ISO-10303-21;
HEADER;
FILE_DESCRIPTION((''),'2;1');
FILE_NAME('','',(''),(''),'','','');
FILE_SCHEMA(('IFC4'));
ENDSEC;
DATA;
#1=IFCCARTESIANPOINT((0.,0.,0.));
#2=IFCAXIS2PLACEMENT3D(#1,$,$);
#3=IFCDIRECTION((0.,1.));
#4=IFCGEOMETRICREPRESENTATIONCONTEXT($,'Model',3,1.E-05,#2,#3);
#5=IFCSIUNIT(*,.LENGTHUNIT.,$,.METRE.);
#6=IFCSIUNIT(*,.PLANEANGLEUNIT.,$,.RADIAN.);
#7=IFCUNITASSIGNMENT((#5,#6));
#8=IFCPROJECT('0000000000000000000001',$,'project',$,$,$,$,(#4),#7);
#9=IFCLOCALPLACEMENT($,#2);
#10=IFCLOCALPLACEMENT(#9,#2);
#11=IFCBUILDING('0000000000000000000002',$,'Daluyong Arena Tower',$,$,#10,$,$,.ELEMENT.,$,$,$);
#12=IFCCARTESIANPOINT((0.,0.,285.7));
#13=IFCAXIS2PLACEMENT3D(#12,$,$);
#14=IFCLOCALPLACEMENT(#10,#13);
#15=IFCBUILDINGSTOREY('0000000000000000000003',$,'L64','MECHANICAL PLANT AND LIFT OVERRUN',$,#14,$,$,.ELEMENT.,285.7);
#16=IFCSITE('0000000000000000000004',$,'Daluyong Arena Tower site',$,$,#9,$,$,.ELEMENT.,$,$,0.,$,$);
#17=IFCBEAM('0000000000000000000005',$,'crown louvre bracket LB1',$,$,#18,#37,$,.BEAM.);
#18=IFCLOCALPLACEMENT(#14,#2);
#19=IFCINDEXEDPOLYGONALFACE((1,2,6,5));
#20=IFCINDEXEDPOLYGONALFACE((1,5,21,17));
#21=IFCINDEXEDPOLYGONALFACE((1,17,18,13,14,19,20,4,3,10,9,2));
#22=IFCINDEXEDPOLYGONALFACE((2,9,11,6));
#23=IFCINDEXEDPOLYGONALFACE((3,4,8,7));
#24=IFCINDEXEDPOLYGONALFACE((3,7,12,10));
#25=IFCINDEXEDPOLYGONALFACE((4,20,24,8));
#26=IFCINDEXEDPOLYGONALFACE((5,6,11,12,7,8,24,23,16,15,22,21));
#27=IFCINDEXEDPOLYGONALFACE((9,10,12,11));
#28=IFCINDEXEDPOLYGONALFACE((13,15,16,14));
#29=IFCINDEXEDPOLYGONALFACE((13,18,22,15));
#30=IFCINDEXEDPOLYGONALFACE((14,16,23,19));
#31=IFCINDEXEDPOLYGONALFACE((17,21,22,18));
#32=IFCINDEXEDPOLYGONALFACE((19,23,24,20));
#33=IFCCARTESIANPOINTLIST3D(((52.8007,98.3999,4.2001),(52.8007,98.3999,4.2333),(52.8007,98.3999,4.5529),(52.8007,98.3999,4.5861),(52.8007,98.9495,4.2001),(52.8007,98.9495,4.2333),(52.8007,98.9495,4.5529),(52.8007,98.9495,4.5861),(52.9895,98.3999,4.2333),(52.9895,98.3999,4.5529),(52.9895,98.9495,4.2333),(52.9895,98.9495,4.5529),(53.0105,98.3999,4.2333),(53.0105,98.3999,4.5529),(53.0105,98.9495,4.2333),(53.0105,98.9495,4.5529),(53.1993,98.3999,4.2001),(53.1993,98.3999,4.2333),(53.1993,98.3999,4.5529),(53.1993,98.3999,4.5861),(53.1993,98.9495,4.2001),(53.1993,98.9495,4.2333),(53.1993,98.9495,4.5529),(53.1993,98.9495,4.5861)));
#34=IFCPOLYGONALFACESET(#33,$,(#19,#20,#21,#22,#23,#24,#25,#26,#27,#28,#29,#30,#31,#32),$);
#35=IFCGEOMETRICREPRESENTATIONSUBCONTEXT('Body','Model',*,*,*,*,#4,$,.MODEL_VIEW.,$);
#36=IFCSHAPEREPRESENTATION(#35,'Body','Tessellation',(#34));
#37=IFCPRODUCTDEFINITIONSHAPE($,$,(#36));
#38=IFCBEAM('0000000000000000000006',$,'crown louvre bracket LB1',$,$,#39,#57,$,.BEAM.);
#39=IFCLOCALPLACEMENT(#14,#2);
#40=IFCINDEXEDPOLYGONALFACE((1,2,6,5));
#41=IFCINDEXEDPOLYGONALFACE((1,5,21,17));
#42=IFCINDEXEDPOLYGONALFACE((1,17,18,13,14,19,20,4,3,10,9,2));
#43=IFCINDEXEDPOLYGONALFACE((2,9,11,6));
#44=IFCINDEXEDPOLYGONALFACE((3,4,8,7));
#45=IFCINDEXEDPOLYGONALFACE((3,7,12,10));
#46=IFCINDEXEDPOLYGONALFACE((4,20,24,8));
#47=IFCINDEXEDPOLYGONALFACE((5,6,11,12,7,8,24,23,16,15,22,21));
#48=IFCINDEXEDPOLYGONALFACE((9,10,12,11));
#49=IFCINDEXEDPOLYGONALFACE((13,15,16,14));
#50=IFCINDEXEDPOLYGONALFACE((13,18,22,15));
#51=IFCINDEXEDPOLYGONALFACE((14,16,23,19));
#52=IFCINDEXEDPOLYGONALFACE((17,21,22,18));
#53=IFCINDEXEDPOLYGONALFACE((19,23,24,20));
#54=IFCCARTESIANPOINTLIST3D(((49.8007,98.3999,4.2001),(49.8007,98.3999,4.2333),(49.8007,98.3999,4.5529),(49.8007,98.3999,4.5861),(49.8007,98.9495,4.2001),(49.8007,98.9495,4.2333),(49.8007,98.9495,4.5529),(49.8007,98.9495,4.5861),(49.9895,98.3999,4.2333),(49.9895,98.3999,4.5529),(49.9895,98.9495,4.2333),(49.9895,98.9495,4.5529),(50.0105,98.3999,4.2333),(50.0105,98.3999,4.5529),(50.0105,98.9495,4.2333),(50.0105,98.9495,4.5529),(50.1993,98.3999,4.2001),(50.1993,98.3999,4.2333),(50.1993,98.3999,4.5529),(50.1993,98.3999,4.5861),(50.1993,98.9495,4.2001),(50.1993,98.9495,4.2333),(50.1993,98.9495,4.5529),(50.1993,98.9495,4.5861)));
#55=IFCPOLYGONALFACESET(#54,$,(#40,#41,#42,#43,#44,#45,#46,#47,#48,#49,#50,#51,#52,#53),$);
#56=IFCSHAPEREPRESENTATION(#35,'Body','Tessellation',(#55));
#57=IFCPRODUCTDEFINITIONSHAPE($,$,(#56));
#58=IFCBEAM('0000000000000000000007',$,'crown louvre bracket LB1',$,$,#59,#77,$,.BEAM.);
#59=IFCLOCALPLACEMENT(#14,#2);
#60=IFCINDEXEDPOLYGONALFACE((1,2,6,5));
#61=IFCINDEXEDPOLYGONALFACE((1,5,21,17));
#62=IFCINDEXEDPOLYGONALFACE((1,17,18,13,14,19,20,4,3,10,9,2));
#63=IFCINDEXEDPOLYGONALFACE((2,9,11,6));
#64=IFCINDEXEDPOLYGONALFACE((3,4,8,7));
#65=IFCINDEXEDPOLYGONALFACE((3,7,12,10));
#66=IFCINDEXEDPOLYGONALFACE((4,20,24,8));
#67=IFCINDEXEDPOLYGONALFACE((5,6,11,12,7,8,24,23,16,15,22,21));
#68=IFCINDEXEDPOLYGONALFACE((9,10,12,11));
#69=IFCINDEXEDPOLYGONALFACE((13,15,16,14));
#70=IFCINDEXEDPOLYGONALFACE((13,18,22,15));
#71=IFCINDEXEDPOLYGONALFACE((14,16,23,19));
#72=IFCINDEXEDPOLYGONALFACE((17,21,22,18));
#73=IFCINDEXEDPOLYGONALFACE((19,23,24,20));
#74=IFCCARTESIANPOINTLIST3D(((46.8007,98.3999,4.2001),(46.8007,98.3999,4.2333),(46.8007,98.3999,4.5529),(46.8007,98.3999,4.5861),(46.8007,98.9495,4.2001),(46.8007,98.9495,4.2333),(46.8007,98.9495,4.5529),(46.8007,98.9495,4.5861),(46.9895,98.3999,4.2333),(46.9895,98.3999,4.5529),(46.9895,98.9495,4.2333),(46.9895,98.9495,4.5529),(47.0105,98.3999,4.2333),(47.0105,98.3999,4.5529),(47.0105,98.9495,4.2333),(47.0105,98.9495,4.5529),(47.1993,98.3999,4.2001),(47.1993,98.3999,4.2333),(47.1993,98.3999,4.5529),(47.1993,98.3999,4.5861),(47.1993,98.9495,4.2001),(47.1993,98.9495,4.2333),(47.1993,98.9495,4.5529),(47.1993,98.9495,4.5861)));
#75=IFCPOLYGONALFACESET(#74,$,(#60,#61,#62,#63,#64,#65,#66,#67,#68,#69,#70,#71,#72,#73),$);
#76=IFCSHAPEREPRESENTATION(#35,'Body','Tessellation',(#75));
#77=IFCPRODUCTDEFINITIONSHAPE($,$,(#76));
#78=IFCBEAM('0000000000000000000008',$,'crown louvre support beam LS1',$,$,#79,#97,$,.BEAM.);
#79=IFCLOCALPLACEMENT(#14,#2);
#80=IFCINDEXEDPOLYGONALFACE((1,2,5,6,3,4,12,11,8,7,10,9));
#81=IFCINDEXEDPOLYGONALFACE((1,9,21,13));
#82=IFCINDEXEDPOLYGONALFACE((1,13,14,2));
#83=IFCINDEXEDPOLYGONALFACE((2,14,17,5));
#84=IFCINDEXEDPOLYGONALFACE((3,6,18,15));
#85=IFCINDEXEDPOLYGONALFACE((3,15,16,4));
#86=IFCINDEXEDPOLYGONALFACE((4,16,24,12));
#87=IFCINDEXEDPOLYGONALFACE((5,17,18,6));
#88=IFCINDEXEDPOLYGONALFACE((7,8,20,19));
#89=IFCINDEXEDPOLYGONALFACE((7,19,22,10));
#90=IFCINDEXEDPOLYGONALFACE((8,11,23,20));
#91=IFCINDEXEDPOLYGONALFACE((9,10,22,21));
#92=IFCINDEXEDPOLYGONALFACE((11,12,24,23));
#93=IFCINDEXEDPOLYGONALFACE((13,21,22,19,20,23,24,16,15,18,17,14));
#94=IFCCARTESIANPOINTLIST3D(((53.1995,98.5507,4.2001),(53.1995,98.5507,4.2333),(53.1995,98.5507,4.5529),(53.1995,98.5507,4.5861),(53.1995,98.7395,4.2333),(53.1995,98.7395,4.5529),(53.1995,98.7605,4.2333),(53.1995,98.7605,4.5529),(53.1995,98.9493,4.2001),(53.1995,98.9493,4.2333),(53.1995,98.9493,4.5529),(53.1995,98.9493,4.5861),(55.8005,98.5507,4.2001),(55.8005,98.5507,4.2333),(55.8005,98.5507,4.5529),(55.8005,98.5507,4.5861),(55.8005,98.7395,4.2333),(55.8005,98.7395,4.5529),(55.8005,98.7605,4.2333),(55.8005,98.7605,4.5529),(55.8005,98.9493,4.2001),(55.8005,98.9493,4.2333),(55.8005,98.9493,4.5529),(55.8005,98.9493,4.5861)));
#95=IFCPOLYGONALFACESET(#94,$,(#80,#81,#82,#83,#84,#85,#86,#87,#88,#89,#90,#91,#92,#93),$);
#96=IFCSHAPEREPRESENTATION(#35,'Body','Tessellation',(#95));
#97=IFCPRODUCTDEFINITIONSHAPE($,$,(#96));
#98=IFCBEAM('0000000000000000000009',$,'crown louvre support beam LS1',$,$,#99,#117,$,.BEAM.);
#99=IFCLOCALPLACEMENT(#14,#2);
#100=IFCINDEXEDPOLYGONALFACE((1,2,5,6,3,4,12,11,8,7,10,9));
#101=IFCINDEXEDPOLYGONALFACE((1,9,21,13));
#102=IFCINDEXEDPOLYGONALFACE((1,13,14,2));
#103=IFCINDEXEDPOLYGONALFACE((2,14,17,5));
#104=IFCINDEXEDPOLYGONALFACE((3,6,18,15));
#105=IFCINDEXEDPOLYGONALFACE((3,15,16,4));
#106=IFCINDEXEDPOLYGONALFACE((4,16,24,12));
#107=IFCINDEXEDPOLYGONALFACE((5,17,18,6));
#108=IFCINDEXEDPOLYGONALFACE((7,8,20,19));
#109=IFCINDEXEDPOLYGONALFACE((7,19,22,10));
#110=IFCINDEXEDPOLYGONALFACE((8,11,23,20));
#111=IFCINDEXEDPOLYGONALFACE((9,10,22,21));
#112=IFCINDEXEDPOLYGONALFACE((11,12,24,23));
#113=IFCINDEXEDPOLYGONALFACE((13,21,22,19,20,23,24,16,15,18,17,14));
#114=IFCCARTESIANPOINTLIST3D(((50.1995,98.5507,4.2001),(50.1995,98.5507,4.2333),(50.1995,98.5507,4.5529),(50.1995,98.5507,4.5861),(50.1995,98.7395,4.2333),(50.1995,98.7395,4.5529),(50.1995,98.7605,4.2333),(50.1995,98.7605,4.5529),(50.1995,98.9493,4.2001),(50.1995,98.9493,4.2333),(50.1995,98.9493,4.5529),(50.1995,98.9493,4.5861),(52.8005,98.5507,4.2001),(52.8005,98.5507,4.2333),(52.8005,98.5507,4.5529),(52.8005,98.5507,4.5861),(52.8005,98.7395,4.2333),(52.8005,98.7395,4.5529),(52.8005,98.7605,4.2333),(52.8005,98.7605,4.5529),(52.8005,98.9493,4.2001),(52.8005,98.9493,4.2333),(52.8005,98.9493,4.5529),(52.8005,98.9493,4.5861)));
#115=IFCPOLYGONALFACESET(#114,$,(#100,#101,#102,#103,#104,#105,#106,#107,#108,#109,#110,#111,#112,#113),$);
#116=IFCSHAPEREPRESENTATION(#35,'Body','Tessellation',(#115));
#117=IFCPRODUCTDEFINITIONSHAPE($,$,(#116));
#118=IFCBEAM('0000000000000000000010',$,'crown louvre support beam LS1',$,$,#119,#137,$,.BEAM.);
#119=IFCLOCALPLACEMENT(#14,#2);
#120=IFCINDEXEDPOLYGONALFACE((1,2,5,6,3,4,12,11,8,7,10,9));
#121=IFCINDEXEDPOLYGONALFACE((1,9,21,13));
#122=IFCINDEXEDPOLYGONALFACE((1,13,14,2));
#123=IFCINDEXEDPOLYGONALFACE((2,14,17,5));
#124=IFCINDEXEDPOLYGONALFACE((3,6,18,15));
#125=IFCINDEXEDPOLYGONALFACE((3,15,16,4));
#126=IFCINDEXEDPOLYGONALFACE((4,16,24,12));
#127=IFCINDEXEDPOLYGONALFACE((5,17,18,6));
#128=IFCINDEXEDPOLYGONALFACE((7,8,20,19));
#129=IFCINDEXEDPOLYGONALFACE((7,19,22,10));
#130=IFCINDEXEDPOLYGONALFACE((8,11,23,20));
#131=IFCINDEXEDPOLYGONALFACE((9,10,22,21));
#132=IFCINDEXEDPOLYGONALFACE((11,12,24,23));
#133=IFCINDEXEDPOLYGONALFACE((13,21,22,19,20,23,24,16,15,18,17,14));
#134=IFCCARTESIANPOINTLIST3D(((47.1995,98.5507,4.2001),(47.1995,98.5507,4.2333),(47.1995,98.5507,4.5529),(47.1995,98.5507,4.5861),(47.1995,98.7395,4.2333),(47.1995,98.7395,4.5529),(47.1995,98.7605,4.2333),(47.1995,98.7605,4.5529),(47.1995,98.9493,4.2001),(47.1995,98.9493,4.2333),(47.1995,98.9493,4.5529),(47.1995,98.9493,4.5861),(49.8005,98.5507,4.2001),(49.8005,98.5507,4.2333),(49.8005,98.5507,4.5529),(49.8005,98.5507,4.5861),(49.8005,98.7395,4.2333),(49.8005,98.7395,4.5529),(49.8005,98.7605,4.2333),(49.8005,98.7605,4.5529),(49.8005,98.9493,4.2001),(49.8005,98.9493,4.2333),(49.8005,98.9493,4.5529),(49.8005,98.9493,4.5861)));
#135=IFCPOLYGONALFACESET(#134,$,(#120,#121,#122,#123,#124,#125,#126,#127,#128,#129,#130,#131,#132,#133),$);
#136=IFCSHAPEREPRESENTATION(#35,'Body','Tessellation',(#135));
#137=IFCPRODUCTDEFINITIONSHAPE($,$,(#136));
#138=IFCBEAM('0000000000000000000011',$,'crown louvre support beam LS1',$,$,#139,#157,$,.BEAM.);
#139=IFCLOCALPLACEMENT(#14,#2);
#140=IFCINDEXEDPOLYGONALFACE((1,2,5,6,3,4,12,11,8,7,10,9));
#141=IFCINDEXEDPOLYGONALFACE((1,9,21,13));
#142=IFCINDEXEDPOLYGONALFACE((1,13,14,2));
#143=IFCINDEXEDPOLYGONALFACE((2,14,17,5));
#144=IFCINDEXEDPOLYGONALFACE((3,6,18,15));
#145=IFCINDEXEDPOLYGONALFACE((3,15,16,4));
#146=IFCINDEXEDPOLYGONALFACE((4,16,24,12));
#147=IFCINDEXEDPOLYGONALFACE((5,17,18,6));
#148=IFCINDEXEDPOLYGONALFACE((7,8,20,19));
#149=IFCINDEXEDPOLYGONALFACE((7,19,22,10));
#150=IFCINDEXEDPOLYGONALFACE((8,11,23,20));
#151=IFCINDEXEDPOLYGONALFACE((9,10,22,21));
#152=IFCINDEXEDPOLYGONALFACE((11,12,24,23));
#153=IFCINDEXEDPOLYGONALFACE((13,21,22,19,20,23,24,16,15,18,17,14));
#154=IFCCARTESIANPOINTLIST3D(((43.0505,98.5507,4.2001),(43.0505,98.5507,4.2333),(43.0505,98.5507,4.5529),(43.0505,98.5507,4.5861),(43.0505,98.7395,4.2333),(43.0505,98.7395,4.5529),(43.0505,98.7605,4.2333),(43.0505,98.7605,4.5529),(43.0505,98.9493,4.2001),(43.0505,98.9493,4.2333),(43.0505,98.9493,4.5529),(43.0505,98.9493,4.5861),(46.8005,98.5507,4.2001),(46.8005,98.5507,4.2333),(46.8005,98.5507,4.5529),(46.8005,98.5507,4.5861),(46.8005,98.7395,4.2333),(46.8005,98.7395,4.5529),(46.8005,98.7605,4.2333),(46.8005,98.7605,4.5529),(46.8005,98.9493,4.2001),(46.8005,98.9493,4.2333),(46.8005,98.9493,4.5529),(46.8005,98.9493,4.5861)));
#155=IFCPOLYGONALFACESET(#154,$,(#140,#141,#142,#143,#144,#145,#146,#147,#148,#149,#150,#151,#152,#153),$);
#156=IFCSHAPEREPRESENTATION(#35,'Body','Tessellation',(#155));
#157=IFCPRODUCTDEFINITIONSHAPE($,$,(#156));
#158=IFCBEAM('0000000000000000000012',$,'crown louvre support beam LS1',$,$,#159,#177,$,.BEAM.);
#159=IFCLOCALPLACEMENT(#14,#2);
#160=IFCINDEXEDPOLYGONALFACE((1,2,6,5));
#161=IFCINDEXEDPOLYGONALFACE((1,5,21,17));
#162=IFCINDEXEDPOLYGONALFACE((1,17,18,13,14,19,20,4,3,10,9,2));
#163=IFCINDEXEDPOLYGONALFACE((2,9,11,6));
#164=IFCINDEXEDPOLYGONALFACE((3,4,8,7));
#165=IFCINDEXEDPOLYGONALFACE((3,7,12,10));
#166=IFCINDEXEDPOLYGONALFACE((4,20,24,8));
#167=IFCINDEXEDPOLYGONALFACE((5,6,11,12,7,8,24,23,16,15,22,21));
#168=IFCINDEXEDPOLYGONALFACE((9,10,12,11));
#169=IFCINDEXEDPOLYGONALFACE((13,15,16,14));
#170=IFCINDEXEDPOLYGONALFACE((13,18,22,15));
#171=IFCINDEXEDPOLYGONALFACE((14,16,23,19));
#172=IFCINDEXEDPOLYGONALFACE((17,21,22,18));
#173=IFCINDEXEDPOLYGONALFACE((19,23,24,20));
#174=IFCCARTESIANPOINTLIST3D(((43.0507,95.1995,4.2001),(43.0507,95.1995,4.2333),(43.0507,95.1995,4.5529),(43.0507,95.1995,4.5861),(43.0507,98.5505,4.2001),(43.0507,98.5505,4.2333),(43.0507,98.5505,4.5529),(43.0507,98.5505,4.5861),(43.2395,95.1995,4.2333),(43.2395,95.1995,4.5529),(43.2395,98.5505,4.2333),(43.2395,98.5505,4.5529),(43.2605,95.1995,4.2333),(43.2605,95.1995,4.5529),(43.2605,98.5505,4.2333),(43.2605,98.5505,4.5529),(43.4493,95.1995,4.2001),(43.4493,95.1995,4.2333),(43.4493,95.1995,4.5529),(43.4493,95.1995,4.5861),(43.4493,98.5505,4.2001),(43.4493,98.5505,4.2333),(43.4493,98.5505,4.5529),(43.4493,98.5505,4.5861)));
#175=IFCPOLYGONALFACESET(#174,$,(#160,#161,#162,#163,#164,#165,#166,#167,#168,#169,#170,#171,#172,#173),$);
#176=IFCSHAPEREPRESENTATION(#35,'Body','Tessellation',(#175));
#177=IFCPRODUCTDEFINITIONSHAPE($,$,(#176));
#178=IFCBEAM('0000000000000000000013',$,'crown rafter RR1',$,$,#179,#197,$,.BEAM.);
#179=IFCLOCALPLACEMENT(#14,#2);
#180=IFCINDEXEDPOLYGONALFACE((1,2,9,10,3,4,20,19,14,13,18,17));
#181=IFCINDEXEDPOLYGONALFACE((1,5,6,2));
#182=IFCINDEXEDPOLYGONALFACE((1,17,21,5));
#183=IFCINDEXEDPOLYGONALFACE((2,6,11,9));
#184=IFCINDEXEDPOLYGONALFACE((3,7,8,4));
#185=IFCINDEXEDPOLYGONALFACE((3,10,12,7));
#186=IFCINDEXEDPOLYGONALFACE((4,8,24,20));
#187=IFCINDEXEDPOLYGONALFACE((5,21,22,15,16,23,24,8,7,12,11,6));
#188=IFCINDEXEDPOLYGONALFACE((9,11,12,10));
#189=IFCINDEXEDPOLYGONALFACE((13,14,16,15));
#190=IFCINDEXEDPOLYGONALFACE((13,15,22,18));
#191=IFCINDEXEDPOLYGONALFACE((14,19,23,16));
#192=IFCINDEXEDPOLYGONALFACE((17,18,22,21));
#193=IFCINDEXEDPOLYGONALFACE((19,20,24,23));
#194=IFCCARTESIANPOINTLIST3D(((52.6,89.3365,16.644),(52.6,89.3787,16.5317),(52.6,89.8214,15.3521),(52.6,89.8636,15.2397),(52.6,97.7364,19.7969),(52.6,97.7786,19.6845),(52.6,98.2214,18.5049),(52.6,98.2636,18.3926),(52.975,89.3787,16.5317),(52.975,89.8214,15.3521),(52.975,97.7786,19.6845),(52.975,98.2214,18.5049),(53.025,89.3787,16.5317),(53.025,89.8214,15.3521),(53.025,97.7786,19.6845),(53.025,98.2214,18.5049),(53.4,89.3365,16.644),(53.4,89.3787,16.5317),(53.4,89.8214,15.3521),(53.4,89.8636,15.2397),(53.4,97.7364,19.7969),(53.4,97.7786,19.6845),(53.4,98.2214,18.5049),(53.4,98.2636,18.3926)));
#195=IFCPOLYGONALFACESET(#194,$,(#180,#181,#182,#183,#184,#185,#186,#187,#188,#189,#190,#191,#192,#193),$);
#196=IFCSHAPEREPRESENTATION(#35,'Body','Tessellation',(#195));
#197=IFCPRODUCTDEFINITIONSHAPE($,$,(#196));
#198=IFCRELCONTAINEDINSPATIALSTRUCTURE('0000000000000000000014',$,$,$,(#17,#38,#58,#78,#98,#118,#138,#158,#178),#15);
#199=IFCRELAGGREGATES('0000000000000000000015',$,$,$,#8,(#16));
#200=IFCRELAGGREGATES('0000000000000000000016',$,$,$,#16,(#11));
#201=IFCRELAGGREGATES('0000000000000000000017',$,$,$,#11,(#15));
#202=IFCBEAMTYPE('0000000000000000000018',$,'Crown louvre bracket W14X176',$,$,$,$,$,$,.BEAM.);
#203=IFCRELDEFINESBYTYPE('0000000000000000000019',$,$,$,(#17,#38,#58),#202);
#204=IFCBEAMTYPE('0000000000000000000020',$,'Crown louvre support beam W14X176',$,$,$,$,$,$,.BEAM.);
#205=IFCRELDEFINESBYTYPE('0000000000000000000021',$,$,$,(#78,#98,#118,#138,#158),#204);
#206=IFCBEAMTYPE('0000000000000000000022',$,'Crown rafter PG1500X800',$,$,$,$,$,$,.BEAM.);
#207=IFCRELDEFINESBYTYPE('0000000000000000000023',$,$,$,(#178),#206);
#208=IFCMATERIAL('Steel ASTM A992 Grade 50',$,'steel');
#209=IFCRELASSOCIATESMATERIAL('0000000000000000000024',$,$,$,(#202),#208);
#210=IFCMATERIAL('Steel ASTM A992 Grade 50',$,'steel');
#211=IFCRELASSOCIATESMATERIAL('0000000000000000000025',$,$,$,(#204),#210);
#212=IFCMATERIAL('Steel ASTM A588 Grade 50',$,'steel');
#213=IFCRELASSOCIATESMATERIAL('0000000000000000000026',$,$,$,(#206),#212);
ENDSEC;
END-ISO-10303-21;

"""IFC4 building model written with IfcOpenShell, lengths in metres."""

from ifc_helpers import new_model, si_unit, direction, frame, origin, origin_2d, place, context, subcontext, project, spatial, i_section, extrude, material, material_profile, profile_set, type_object, element, save


model = new_model("IFC4")

# Units and contexts
model_context = context("Model", 3, precision=1e-05, world=origin(), true_north=direction((0.0, 1.0)))
body_context = subcontext(model_context, "Body", "Model", "MODEL_VIEW")
ifc_project = project(units=[si_unit("LENGTHUNIT", "METRE"), si_unit("PLANEANGLEUNIT", "RADIAN")], contexts=[model_context])

# Site, building, storey
site_placement = place(None, origin())
site = spatial("IfcSite", under=ifc_project, at=site_placement, Name="Daluyong Arena Tower site", CompositionType="ELEMENT", RefElevation=0.0)
building_placement = place(site_placement, origin())
building = spatial("IfcBuilding", under=site, at=building_placement, Name="Daluyong Arena Tower", CompositionType="ELEMENT")
storey_placement = place(building_placement, frame((0.0, 0.0, 285.7)))
storey = spatial("IfcBuildingStorey", under=building, at=storey_placement, Name="L64", Description="MECHANICAL PLANT AND LIFT OVERRUN", CompositionType="ELEMENT", Elevation=285.7)

# Beams
ifc_material_1 = material(Name="Steel ASTM A992 Grade 50", Category="steel")
ifc_material_profile_1 = material_profile(ifc_material_1, i_section(OverallWidth=0.3987, OverallDepth=0.386, WebThickness=0.021, FlangeThickness=0.0332, at=origin_2d()))
ifc_profile_set_1 = profile_set([ifc_material_profile_1], Name="Steel ASTM A992 Grade 50")
beam_type_1 = type_object("IfcBeamType", Name="Crown louvre bracket W14X176", PredefinedType="BEAM", material=ifc_profile_set_1)
for number, where, z_axis, x_axis, name in (
    (1, (53.0, 98.3999, 4.3931), (0.0, 1.0, 0.0), (-1.0, 0.0, 0.0), "crown louvre bracket LB1"),
    (2, (50.0, 98.3999, 4.3931), (0.0, 1.0, 0.0), (-1.0, 0.0, 0.0), "crown louvre bracket LB1"),
    (3, (47.0, 98.3999, 4.3931), (0.0, 1.0, 0.0), (-1.0, 0.0, 0.0), "crown louvre bracket LB1"),
):
    element("IfcBeam", number, at=place(storey_placement, frame(where, z_axis=z_axis, x_axis=x_axis)), inside=storey, type_object=beam_type_1, Name=name, PredefinedType="BEAM", context=body_context, shape_type="SweptSolid", body=[
        extrude(i_section(OverallWidth=0.3987, OverallDepth=0.386, WebThickness=0.021, FlangeThickness=0.0332, at=origin_2d()), origin(), (0.0, 0.0, 1.0), 0.5496),
    ])
ifc_material_2 = material(Name="Steel ASTM A992 Grade 50", Category="steel")
ifc_material_profile_2 = material_profile(ifc_material_2, i_section(OverallWidth=0.3987, OverallDepth=0.386, WebThickness=0.021, FlangeThickness=0.0332, at=origin_2d()))
ifc_profile_set_2 = profile_set([ifc_material_profile_2], Name="Steel ASTM A992 Grade 50")
beam_type_2 = type_object("IfcBeamType", Name="Crown louvre support beam W14X176", PredefinedType="BEAM", material=ifc_profile_set_2)
for number, where, z_axis, x_axis, name in (
    (4, (55.8005, 98.75, 4.3931), (-1.0, 0.0, 0.0), (0.0, -1.0, 0.0), "crown louvre support beam LS1"),
    (5, (52.8005, 98.75, 4.3931), (-1.0, 0.0, 0.0), (0.0, -1.0, 0.0), "crown louvre support beam LS1"),
    (6, (49.8005, 98.75, 4.3931), (-1.0, 0.0, 0.0), (0.0, -1.0, 0.0), "crown louvre support beam LS1"),
):
    element("IfcBeam", number, at=place(storey_placement, frame(where, z_axis=z_axis, x_axis=x_axis)), inside=storey, type_object=beam_type_2, Name=name, PredefinedType="BEAM", context=body_context, shape_type="SweptSolid", body=[
        extrude(i_section(OverallWidth=0.3987, OverallDepth=0.386, WebThickness=0.021, FlangeThickness=0.0332, at=origin_2d()), origin(), (0.0, 0.0, 1.0), 2.6011),
    ])
beam_1_placement = place(storey_placement, frame((46.8005, 98.75, 4.3931), z_axis=(-1.0, 0.0, 0.0), x_axis=(0.0, -1.0, 0.0)))
element("IfcBeam", 7, at=beam_1_placement, inside=storey, type_object=beam_type_2, Name="crown louvre support beam LS1", PredefinedType="BEAM", context=body_context, shape_type="SweptSolid", body=[
    extrude(i_section(OverallWidth=0.3987, OverallDepth=0.386, WebThickness=0.021, FlangeThickness=0.0332, at=origin_2d()), origin(), (0.0, 0.0, 1.0), 3.75),
])
beam_2_placement = place(storey_placement, frame((43.25, 98.5505, 4.3931), z_axis=(0.0, -1.0, 0.0), x_axis=(1.0, 0.0, 0.0)))
element("IfcBeam", 8, at=beam_2_placement, inside=storey, type_object=beam_type_2, Name="crown louvre support beam LS1", PredefinedType="BEAM", context=body_context, shape_type="SweptSolid", body=[
    extrude(i_section(OverallWidth=0.3987, OverallDepth=0.386, WebThickness=0.021, FlangeThickness=0.0332, at=origin_2d()), origin(), (0.0, 0.0, 1.0), 3.3511),
])
ifc_material_3 = material(Name="Steel ASTM A588 Grade 50", Category="steel")
ifc_material_profile_3 = material_profile(ifc_material_3, i_section(OverallWidth=0.8, OverallDepth=1.5, WebThickness=0.05, FlangeThickness=0.12, at=origin_2d()))
ifc_profile_set_3 = profile_set([ifc_material_profile_3], Name="Steel ASTM A588 Grade 50")
beam_type_3 = type_object("IfcBeamType", Name="Crown rafter PG1500X800", PredefinedType="BEAM", material=ifc_profile_set_3)
for number, where, z_axis, x_axis, name in (
    (9, (53.0, 98.0, 19.0947), (0.0, -0.936224, -0.351404), (1.0, 0.0, 0.0), "crown rafter RR1"),
):
    element("IfcBeam", number, at=place(storey_placement, frame(where, z_axis=z_axis, x_axis=x_axis)), inside=storey, type_object=beam_type_3, Name=name, PredefinedType="BEAM", context=body_context, shape_type="SweptSolid", body=[
        extrude(i_section(OverallWidth=0.8, OverallDepth=1.5, WebThickness=0.05, FlangeThickness=0.12, at=origin_2d()), origin(), (0.0, 0.0, 1.0), 8.9722),
    ])

save(model, "model.ifc")
